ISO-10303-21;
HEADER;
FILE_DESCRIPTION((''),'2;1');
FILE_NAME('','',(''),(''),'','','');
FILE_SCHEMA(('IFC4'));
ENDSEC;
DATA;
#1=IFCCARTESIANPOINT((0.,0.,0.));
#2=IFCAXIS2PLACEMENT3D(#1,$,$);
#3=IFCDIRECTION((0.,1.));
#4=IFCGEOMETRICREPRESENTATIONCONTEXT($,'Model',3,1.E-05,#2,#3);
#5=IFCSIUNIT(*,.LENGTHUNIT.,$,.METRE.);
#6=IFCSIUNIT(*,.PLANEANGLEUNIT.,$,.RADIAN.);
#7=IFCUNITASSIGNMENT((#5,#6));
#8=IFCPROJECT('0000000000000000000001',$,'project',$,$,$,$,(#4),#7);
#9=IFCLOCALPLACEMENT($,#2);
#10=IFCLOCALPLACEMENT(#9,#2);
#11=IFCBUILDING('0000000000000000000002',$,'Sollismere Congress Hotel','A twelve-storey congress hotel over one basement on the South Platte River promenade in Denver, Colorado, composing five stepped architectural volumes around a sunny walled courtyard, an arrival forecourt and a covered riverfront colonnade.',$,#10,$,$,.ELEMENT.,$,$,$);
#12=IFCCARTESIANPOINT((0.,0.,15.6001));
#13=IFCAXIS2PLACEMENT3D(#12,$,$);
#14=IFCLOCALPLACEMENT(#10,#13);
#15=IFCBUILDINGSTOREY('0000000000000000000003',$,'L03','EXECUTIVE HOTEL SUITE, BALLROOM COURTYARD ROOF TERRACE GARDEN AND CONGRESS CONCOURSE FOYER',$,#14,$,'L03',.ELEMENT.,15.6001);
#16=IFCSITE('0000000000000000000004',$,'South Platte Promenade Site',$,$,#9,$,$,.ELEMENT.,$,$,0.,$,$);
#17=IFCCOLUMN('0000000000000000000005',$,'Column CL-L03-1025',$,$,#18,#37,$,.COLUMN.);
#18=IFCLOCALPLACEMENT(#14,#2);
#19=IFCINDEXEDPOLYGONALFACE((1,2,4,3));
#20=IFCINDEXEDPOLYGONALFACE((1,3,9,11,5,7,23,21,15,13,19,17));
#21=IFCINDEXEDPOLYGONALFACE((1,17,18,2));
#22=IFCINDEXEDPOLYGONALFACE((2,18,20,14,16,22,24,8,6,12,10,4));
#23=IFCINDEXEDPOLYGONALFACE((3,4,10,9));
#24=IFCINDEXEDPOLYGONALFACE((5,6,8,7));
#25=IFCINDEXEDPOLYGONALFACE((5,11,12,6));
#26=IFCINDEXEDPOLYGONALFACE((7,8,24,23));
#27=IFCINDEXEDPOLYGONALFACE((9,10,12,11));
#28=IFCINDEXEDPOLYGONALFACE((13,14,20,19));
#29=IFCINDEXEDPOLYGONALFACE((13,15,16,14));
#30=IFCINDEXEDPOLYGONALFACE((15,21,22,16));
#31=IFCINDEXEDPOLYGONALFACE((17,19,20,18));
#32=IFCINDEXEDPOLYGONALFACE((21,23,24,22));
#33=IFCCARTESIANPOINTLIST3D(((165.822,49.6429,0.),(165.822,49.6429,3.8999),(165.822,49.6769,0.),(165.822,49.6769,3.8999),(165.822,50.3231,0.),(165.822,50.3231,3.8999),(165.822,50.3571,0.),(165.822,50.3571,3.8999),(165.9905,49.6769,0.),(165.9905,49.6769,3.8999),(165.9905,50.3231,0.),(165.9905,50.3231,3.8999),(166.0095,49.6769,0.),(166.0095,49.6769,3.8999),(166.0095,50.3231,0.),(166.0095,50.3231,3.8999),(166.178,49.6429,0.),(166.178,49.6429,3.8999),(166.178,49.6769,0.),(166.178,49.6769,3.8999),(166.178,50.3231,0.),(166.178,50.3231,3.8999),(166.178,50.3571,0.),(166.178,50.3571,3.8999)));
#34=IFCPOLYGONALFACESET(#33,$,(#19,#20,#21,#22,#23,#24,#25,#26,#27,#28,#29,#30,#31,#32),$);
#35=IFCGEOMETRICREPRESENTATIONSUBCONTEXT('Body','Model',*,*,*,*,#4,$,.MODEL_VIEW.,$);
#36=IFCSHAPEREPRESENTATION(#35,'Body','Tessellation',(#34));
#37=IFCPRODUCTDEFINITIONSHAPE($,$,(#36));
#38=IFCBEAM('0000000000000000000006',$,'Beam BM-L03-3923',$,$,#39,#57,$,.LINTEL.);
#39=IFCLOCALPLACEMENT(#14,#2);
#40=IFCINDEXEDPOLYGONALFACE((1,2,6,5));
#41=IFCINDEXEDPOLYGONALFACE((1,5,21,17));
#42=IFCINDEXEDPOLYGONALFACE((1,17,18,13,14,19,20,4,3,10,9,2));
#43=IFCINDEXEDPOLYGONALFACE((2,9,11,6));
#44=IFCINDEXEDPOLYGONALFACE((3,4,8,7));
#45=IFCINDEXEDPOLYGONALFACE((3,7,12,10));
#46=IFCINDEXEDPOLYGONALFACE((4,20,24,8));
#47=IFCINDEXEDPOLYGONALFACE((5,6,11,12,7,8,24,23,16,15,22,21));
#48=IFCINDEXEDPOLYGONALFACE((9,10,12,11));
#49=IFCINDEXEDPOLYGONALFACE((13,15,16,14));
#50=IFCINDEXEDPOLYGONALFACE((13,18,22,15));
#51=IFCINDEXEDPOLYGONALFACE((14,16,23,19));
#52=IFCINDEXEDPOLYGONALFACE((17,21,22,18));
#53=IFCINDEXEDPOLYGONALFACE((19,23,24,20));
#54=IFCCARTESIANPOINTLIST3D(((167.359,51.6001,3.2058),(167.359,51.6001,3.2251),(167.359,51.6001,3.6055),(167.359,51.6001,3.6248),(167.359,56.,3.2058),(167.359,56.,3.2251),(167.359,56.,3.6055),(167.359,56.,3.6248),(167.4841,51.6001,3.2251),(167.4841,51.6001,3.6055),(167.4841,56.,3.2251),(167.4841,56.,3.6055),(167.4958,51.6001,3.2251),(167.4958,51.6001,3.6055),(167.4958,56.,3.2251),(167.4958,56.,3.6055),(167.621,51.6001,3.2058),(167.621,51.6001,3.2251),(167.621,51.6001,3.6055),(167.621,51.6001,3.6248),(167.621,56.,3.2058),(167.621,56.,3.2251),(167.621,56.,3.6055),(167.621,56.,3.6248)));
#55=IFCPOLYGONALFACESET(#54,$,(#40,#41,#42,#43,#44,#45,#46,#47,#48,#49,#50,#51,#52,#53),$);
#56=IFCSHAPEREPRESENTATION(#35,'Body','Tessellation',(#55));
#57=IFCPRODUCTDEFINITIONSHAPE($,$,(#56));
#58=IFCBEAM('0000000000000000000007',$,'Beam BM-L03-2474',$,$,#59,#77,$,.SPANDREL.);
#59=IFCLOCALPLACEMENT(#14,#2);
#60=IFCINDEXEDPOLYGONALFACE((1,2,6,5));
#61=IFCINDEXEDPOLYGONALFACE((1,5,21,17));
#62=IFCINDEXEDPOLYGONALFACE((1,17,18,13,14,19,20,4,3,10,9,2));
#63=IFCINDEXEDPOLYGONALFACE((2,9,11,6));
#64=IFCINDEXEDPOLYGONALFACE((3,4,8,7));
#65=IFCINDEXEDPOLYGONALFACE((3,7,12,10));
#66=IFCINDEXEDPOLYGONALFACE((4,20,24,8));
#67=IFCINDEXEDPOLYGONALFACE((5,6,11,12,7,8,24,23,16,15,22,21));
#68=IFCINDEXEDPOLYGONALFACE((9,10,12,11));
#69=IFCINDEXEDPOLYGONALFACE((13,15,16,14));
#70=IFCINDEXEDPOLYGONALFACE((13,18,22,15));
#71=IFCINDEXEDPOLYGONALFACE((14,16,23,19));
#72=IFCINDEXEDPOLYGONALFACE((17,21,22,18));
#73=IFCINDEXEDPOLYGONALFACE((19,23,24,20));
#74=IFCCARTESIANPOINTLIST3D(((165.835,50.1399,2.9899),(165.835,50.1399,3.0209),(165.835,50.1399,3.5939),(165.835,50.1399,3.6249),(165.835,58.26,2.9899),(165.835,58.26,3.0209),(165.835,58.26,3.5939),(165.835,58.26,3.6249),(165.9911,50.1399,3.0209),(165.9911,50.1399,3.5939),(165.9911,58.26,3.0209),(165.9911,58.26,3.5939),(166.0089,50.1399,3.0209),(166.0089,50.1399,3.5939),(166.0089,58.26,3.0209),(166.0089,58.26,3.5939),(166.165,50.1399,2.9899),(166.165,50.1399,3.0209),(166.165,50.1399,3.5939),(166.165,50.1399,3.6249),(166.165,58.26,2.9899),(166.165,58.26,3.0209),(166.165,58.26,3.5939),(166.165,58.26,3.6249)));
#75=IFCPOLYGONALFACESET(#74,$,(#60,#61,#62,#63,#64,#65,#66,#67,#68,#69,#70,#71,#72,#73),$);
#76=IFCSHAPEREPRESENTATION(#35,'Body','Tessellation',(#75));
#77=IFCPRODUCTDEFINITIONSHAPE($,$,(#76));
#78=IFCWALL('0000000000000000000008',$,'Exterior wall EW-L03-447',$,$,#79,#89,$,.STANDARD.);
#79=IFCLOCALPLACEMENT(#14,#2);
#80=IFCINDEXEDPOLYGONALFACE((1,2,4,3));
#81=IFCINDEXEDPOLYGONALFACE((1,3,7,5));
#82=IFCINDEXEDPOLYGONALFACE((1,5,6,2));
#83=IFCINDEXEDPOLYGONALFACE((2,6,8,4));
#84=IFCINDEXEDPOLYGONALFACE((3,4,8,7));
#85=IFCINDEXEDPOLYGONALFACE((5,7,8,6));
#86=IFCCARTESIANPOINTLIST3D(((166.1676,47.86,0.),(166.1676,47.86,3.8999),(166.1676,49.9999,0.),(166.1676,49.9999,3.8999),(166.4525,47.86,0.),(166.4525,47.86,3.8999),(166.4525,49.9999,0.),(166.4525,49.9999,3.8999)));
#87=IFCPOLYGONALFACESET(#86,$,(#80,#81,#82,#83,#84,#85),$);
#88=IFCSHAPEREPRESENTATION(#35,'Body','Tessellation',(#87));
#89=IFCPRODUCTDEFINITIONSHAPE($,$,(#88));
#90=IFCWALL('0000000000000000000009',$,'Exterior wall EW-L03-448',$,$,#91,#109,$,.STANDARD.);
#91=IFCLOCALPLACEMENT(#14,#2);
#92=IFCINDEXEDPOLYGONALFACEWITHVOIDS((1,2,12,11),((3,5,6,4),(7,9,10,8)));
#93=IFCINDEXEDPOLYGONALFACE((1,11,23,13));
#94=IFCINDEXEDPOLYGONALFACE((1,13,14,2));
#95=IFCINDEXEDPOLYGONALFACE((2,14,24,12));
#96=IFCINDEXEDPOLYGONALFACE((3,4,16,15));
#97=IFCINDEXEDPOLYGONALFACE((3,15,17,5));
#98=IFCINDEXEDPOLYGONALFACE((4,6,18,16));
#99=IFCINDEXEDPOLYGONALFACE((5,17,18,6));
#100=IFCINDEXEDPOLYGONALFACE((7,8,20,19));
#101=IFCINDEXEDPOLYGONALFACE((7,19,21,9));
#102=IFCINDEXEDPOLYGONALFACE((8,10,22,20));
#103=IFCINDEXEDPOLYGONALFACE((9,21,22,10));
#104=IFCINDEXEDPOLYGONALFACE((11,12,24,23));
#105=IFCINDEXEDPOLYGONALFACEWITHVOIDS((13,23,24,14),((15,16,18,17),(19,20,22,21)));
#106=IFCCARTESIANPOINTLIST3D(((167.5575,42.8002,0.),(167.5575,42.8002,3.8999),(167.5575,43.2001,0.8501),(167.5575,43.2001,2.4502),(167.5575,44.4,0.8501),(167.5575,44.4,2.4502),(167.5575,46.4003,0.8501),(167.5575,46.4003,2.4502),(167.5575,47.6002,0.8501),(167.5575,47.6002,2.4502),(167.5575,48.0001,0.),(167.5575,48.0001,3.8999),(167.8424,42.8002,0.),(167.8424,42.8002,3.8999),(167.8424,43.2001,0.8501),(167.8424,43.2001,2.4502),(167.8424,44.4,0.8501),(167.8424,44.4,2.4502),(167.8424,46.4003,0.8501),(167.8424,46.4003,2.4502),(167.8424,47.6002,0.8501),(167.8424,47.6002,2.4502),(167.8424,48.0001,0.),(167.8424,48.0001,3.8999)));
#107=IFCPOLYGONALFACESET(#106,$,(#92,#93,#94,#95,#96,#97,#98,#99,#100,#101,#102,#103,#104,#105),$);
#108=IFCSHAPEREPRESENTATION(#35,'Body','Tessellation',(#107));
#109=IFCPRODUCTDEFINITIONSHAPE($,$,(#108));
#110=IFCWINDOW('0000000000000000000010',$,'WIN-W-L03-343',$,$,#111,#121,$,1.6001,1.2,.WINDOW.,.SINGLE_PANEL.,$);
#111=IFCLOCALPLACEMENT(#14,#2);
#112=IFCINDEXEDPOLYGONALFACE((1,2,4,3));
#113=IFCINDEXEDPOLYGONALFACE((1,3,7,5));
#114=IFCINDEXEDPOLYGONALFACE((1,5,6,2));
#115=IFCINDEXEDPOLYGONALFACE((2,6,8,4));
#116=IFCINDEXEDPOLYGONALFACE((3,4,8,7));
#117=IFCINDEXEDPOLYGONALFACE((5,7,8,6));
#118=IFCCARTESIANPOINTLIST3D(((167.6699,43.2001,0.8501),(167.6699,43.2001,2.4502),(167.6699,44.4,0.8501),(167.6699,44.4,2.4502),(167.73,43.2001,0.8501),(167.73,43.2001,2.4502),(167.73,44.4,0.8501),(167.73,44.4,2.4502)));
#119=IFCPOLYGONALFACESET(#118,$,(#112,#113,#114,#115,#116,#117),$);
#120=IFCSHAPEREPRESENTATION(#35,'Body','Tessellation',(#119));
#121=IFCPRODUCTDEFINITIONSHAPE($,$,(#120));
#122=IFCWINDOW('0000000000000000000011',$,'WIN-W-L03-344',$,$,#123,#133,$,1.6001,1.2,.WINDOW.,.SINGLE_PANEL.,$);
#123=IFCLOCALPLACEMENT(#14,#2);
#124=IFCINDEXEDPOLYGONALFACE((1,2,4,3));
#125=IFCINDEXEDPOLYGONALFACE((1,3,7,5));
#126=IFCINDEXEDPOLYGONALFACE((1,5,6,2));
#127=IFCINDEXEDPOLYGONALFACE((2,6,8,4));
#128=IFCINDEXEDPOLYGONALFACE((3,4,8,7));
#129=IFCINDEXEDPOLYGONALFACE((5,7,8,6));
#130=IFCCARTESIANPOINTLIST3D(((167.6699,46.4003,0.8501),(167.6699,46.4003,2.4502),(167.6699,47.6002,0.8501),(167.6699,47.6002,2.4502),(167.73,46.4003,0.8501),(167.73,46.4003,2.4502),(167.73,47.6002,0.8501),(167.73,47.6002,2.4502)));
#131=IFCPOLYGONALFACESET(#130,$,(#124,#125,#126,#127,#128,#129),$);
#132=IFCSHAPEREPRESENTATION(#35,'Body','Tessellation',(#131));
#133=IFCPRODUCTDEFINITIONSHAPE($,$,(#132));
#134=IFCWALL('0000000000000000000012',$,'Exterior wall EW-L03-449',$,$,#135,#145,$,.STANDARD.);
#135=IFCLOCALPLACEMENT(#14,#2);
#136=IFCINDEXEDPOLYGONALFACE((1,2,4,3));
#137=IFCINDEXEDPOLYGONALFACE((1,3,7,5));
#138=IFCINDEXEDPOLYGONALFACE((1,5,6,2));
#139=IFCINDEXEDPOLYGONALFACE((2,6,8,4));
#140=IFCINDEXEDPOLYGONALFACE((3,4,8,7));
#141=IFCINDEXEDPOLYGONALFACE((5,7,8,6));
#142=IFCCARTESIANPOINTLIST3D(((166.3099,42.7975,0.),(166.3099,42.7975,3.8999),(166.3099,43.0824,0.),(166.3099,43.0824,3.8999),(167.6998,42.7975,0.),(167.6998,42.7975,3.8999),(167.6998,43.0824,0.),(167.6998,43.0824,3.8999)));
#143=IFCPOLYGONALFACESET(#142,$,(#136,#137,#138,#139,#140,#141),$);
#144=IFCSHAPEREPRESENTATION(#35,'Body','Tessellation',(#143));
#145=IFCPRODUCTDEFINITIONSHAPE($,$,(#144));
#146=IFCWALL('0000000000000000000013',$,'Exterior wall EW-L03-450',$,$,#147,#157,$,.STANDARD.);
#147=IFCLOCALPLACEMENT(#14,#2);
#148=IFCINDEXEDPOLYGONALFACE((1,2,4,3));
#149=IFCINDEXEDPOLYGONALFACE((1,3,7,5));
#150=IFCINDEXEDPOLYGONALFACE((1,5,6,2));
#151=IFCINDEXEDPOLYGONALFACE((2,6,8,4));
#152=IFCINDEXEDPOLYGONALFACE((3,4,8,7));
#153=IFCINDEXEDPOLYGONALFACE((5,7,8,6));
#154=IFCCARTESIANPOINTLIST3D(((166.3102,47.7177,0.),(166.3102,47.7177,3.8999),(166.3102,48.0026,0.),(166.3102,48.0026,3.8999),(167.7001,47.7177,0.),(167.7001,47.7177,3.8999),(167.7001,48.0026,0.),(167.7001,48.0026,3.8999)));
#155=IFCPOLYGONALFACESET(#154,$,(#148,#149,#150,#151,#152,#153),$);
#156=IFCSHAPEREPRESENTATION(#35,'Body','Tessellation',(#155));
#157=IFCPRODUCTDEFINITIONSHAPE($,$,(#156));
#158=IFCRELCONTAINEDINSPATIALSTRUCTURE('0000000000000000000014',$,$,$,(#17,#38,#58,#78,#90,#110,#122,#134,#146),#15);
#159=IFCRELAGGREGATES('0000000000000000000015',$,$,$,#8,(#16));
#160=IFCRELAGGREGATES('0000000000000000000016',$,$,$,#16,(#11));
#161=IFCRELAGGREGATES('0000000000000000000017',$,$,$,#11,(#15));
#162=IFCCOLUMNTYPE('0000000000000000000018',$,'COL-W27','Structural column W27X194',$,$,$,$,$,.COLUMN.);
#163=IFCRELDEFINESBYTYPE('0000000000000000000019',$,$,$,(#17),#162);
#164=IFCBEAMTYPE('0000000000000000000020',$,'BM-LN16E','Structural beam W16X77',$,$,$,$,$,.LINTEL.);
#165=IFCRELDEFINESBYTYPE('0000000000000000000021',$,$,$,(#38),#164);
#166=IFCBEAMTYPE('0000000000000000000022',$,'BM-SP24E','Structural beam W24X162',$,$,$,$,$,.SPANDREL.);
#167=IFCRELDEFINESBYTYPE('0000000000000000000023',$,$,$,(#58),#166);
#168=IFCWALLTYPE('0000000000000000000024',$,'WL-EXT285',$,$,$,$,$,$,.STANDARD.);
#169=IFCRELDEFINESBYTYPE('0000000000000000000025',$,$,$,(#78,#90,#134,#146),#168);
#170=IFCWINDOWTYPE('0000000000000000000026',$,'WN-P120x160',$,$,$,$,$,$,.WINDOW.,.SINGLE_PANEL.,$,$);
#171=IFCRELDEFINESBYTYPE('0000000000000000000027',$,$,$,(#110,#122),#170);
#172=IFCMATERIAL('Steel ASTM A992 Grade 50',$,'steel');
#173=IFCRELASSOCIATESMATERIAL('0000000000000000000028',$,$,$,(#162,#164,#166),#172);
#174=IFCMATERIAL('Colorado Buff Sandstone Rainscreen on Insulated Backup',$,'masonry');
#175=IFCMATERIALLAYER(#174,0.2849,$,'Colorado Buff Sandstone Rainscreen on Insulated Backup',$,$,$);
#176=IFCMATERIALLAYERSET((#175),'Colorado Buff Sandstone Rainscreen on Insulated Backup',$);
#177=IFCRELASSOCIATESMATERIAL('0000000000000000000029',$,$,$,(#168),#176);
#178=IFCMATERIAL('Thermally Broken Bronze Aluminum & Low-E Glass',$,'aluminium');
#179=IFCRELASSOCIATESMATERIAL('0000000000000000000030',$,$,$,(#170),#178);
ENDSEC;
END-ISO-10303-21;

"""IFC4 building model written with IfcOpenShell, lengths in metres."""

from ifc_helpers import new_model, si_unit, direction, frame, frame_2d, origin, origin_2d, place, context, subcontext, project, spatial, rectangle, i_section, extrude, material, layer, layer_set, material_profile, profile_set, type_object, element, fill, save


model = new_model("IFC4")

# Units and contexts
model_context = context("Model", 3, precision=1e-05, world=origin(), true_north=direction((0.0, 1.0)))
body_context = subcontext(model_context, "Body", "Model", "MODEL_VIEW")
ifc_project = project(units=[si_unit("LENGTHUNIT", "METRE"), si_unit("PLANEANGLEUNIT", "RADIAN")], contexts=[model_context])

# Site, building, storey
site_placement = place(None, origin())
site = spatial("IfcSite", under=ifc_project, at=site_placement, Name="South Platte Promenade Site", CompositionType="ELEMENT", RefElevation=0.0)
building_placement = place(site_placement, origin())
building = spatial("IfcBuilding", under=site, at=building_placement, Name="Sollismere Congress Hotel", Description="A twelve-storey congress hotel over one basement on the South Platte River promenade in Denver, Colorado, composing five stepped architectural volumes around a sunny walled courtyard, an arrival forecourt and a covered riverfront colonnade.", CompositionType="ELEMENT")
storey_placement = place(building_placement, frame((0.0, 0.0, 15.6001)))
storey = spatial("IfcBuildingStorey", under=building, at=storey_placement, Name="L03", Description="EXECUTIVE HOTEL SUITE, BALLROOM COURTYARD ROOF TERRACE GARDEN AND CONGRESS CONCOURSE FOYER", LongName="L03", CompositionType="ELEMENT", Elevation=15.6001)

# Column
ifc_material_1 = material(Name="Steel ASTM A992 Grade 50", Category="steel")
ifc_material_profile_1 = material_profile(ifc_material_1, i_section(OverallWidth=0.356, OverallDepth=0.7141, WebThickness=0.019, FlangeThickness=0.0339, at=origin_2d()), Name="W27X194")
ifc_profile_set_1 = profile_set([ifc_material_profile_1], Name="Steel ASTM A992 Grade 50")
column_type = type_object("IfcColumnType", Name="COL-W27", Description="Structural column W27X194", PredefinedType="COLUMN", material=ifc_profile_set_1)
column_placement = place(storey_placement, frame((166.0, 50.0, 0.0), z_axis=(0.0, 0.0, 1.0), x_axis=(1.0, 0.0, 0.0)))
element("IfcColumn", 1, at=column_placement, inside=storey, type_object=column_type, Name="Column CL-L03-1025", PredefinedType="COLUMN", context=body_context, shape_type="SweptSolid", body=[
    extrude(i_section(OverallWidth=0.356, OverallDepth=0.7141, WebThickness=0.019, FlangeThickness=0.0339, at=origin_2d()), origin(), (0.0, 0.0, 1.0), 3.8999),
])

# Beams
ifc_material_profile_2 = material_profile(ifc_material_1, i_section(OverallWidth=0.262, OverallDepth=0.4189, WebThickness=0.0117, FlangeThickness=0.0193, at=origin_2d()), Name="W16X77")
ifc_profile_set_2 = profile_set([ifc_material_profile_2], Name="Steel ASTM A992 Grade 50")
beam_type_1 = type_object("IfcBeamType", Name="BM-LN16E", Description="Structural beam W16X77", PredefinedType="LINTEL", material=ifc_profile_set_2)
beam_1_placement = place(storey_placement, frame((167.49, 51.6001, 3.4153), z_axis=(0.0, 1.0, 0.0), x_axis=(-1.0, 0.0, 0.0)))
element("IfcBeam", 2, at=beam_1_placement, inside=storey, type_object=beam_type_1, Name="Beam BM-L03-3923", PredefinedType="LINTEL", context=body_context, shape_type="SweptSolid", body=[
    extrude(i_section(OverallWidth=0.262, OverallDepth=0.4189, WebThickness=0.0117, FlangeThickness=0.0193, at=origin_2d()), origin(), (0.0, 0.0, 1.0), 4.3999),
])
ifc_material_profile_3 = material_profile(ifc_material_1, i_section(OverallWidth=0.3301, OverallDepth=0.635, WebThickness=0.0178, FlangeThickness=0.031, at=origin_2d()), Name="W24X162")
ifc_profile_set_3 = profile_set([ifc_material_profile_3], Name="Steel ASTM A992 Grade 50")
beam_type_2 = type_object("IfcBeamType", Name="BM-SP24E", Description="Structural beam W24X162", PredefinedType="SPANDREL", material=ifc_profile_set_3)
beam_2_placement = place(storey_placement, frame((166.0, 50.1399, 3.3074), z_axis=(0.0, 1.0, 0.0), x_axis=(-1.0, 0.0, 0.0)))
element("IfcBeam", 3, at=beam_2_placement, inside=storey, type_object=beam_type_2, Name="Beam BM-L03-2474", PredefinedType="SPANDREL", context=body_context, shape_type="SweptSolid", body=[
    extrude(i_section(OverallWidth=0.3301, OverallDepth=0.635, WebThickness=0.0178, FlangeThickness=0.031, at=origin_2d()), origin(), (0.0, 0.0, 1.0), 8.1201),
])

# Wall
ifc_material_2 = material(Name="Colorado Buff Sandstone Rainscreen on Insulated Backup", Category="masonry")
ifc_layer_1 = layer(ifc_material_2, 0.2849, Name="Colorado Buff Sandstone Rainscreen on Insulated Backup")
ifc_layer_set_1 = layer_set([ifc_layer_1], Name="Colorado Buff Sandstone Rainscreen on Insulated Backup")
wall_type_1 = type_object("IfcWallType", Name="WL-EXT285", PredefinedType="STANDARD", material=ifc_layer_set_1)
wall_1_placement = place(storey_placement, frame((166.3101, 47.8601, 0.0), z_axis=(0.0, 0.0, 1.0), x_axis=(0.0, 1.0, 0.0)))
element("IfcWall", 4, at=wall_1_placement, inside=storey, type_object=wall_type_1, Name="Exterior wall EW-L03-447", PredefinedType="STANDARD", context=body_context, shape_type="SweptSolid", body=[
    extrude(rectangle(XDim=2.1399, YDim=0.2849, at=frame_2d((1.0698, 0.0))), origin(), (0.0, 0.0, 1.0), 3.8999),
])

# Wall, openings, windows
wall_2_placement = place(storey_placement, frame((167.7, 42.8, 0.0), z_axis=(0.0, 0.0, 1.0), x_axis=(0.0, 1.0, 0.0)))
wall_2 = element("IfcWall", 5, at=wall_2_placement, inside=storey, type_object=wall_type_1, Name="Exterior wall EW-L03-448", PredefinedType="STANDARD", context=body_context, shape_type="SweptSolid", body=[
    extrude(rectangle(XDim=5.2, YDim=0.2849, at=frame_2d((2.6001, 0.0))), origin(), (0.0, 0.0, 1.0), 3.8999),
])
opening_1_placement = place(wall_2_placement, frame((0.3999, 0.0, 0.8501)))
opening_1 = element("IfcOpeningElement", 6, at=opening_1_placement, cuts=wall_2, PredefinedType="OPENING", context=body_context, shape_type="SweptSolid", body=[
    extrude(rectangle(XDim=1.2, YDim=1.6001, at=frame_2d((0.6001, 0.8))), frame((0.0, 0.1523, 0.0), z_axis=(0.0, -1.0, 0.0), x_axis=(1.0, 0.0, 0.0)), (0.0, 0.0, 1.0), 0.3049),
])
opening_2_placement = place(wall_2_placement, frame((3.6001, 0.0, 0.8501)))
opening_2 = element("IfcOpeningElement", 7, at=opening_2_placement, cuts=wall_2, PredefinedType="OPENING", context=body_context, shape_type="SweptSolid", body=[
    extrude(rectangle(XDim=1.2, YDim=1.6001, at=frame_2d((0.6001, 0.8))), frame((0.0, 0.1523, 0.0), z_axis=(0.0, -1.0, 0.0), x_axis=(1.0, 0.0, 0.0)), (0.0, 0.0, 1.0), 0.3049),
])
ifc_material_3 = material(Name="Thermally Broken Bronze Aluminum & Low-E Glass", Category="aluminium")
window_type_1 = type_object("IfcWindowType", Name="WN-P120x160", PartitioningType="SINGLE_PANEL", PredefinedType="WINDOW", material=ifc_material_3)
window_1_placement = place(opening_1_placement, origin())
window_1 = element("IfcWindow", 8, at=window_1_placement, inside=storey, type_object=window_type_1, Name="WIN-W-L03-343", OverallHeight=1.6001, OverallWidth=1.2, PartitioningType="SINGLE_PANEL", PredefinedType="WINDOW", context=body_context, shape_type="SweptSolid", body=[
    extrude(rectangle(XDim=1.2, YDim=1.6001, at=frame_2d((0.6001, 0.8))), frame((0.0, 0.03, 0.0), z_axis=(0.0, -1.0, 0.0), x_axis=(1.0, 0.0, 0.0)), (0.0, 0.0, 1.0), 0.0601),
])
fill(opening_1, window_1)
window_2_placement = place(opening_2_placement, origin())
window_2 = element("IfcWindow", 9, at=window_2_placement, inside=storey, type_object=window_type_1, Name="WIN-W-L03-344", OverallHeight=1.6001, OverallWidth=1.2, PartitioningType="SINGLE_PANEL", PredefinedType="WINDOW", context=body_context, shape_type="SweptSolid", body=[
    extrude(rectangle(XDim=1.2, YDim=1.6001, at=frame_2d((0.6001, 0.8))), frame((0.0, 0.03, 0.0), z_axis=(0.0, -1.0, 0.0), x_axis=(1.0, 0.0, 0.0)), (0.0, 0.0, 1.0), 0.0601),
])
fill(opening_2, window_2)

# Walls
for number, where, z_axis, x_axis, name in (
    (10, (166.3101, 42.9399, 0.0), (0.0, 0.0, 1.0), (1.0, 0.0, 0.0), "Exterior wall EW-L03-449"),
    (11, (167.7, 47.8601, 0.0), (0.0, 0.0, 1.0), (-1.0, 0.0, 0.0), "Exterior wall EW-L03-450"),
):
    element("IfcWall", number, at=place(storey_placement, frame(where, z_axis=z_axis, x_axis=x_axis)), inside=storey, type_object=wall_type_1, Name=name, PredefinedType="STANDARD", context=body_context, shape_type="SweptSolid", body=[
        extrude(rectangle(XDim=1.3899, YDim=0.2849, at=frame_2d((0.6948, 0.0))), origin(), (0.0, 0.0, 1.0), 3.8999),
    ])

save(model, "model.ifc")
